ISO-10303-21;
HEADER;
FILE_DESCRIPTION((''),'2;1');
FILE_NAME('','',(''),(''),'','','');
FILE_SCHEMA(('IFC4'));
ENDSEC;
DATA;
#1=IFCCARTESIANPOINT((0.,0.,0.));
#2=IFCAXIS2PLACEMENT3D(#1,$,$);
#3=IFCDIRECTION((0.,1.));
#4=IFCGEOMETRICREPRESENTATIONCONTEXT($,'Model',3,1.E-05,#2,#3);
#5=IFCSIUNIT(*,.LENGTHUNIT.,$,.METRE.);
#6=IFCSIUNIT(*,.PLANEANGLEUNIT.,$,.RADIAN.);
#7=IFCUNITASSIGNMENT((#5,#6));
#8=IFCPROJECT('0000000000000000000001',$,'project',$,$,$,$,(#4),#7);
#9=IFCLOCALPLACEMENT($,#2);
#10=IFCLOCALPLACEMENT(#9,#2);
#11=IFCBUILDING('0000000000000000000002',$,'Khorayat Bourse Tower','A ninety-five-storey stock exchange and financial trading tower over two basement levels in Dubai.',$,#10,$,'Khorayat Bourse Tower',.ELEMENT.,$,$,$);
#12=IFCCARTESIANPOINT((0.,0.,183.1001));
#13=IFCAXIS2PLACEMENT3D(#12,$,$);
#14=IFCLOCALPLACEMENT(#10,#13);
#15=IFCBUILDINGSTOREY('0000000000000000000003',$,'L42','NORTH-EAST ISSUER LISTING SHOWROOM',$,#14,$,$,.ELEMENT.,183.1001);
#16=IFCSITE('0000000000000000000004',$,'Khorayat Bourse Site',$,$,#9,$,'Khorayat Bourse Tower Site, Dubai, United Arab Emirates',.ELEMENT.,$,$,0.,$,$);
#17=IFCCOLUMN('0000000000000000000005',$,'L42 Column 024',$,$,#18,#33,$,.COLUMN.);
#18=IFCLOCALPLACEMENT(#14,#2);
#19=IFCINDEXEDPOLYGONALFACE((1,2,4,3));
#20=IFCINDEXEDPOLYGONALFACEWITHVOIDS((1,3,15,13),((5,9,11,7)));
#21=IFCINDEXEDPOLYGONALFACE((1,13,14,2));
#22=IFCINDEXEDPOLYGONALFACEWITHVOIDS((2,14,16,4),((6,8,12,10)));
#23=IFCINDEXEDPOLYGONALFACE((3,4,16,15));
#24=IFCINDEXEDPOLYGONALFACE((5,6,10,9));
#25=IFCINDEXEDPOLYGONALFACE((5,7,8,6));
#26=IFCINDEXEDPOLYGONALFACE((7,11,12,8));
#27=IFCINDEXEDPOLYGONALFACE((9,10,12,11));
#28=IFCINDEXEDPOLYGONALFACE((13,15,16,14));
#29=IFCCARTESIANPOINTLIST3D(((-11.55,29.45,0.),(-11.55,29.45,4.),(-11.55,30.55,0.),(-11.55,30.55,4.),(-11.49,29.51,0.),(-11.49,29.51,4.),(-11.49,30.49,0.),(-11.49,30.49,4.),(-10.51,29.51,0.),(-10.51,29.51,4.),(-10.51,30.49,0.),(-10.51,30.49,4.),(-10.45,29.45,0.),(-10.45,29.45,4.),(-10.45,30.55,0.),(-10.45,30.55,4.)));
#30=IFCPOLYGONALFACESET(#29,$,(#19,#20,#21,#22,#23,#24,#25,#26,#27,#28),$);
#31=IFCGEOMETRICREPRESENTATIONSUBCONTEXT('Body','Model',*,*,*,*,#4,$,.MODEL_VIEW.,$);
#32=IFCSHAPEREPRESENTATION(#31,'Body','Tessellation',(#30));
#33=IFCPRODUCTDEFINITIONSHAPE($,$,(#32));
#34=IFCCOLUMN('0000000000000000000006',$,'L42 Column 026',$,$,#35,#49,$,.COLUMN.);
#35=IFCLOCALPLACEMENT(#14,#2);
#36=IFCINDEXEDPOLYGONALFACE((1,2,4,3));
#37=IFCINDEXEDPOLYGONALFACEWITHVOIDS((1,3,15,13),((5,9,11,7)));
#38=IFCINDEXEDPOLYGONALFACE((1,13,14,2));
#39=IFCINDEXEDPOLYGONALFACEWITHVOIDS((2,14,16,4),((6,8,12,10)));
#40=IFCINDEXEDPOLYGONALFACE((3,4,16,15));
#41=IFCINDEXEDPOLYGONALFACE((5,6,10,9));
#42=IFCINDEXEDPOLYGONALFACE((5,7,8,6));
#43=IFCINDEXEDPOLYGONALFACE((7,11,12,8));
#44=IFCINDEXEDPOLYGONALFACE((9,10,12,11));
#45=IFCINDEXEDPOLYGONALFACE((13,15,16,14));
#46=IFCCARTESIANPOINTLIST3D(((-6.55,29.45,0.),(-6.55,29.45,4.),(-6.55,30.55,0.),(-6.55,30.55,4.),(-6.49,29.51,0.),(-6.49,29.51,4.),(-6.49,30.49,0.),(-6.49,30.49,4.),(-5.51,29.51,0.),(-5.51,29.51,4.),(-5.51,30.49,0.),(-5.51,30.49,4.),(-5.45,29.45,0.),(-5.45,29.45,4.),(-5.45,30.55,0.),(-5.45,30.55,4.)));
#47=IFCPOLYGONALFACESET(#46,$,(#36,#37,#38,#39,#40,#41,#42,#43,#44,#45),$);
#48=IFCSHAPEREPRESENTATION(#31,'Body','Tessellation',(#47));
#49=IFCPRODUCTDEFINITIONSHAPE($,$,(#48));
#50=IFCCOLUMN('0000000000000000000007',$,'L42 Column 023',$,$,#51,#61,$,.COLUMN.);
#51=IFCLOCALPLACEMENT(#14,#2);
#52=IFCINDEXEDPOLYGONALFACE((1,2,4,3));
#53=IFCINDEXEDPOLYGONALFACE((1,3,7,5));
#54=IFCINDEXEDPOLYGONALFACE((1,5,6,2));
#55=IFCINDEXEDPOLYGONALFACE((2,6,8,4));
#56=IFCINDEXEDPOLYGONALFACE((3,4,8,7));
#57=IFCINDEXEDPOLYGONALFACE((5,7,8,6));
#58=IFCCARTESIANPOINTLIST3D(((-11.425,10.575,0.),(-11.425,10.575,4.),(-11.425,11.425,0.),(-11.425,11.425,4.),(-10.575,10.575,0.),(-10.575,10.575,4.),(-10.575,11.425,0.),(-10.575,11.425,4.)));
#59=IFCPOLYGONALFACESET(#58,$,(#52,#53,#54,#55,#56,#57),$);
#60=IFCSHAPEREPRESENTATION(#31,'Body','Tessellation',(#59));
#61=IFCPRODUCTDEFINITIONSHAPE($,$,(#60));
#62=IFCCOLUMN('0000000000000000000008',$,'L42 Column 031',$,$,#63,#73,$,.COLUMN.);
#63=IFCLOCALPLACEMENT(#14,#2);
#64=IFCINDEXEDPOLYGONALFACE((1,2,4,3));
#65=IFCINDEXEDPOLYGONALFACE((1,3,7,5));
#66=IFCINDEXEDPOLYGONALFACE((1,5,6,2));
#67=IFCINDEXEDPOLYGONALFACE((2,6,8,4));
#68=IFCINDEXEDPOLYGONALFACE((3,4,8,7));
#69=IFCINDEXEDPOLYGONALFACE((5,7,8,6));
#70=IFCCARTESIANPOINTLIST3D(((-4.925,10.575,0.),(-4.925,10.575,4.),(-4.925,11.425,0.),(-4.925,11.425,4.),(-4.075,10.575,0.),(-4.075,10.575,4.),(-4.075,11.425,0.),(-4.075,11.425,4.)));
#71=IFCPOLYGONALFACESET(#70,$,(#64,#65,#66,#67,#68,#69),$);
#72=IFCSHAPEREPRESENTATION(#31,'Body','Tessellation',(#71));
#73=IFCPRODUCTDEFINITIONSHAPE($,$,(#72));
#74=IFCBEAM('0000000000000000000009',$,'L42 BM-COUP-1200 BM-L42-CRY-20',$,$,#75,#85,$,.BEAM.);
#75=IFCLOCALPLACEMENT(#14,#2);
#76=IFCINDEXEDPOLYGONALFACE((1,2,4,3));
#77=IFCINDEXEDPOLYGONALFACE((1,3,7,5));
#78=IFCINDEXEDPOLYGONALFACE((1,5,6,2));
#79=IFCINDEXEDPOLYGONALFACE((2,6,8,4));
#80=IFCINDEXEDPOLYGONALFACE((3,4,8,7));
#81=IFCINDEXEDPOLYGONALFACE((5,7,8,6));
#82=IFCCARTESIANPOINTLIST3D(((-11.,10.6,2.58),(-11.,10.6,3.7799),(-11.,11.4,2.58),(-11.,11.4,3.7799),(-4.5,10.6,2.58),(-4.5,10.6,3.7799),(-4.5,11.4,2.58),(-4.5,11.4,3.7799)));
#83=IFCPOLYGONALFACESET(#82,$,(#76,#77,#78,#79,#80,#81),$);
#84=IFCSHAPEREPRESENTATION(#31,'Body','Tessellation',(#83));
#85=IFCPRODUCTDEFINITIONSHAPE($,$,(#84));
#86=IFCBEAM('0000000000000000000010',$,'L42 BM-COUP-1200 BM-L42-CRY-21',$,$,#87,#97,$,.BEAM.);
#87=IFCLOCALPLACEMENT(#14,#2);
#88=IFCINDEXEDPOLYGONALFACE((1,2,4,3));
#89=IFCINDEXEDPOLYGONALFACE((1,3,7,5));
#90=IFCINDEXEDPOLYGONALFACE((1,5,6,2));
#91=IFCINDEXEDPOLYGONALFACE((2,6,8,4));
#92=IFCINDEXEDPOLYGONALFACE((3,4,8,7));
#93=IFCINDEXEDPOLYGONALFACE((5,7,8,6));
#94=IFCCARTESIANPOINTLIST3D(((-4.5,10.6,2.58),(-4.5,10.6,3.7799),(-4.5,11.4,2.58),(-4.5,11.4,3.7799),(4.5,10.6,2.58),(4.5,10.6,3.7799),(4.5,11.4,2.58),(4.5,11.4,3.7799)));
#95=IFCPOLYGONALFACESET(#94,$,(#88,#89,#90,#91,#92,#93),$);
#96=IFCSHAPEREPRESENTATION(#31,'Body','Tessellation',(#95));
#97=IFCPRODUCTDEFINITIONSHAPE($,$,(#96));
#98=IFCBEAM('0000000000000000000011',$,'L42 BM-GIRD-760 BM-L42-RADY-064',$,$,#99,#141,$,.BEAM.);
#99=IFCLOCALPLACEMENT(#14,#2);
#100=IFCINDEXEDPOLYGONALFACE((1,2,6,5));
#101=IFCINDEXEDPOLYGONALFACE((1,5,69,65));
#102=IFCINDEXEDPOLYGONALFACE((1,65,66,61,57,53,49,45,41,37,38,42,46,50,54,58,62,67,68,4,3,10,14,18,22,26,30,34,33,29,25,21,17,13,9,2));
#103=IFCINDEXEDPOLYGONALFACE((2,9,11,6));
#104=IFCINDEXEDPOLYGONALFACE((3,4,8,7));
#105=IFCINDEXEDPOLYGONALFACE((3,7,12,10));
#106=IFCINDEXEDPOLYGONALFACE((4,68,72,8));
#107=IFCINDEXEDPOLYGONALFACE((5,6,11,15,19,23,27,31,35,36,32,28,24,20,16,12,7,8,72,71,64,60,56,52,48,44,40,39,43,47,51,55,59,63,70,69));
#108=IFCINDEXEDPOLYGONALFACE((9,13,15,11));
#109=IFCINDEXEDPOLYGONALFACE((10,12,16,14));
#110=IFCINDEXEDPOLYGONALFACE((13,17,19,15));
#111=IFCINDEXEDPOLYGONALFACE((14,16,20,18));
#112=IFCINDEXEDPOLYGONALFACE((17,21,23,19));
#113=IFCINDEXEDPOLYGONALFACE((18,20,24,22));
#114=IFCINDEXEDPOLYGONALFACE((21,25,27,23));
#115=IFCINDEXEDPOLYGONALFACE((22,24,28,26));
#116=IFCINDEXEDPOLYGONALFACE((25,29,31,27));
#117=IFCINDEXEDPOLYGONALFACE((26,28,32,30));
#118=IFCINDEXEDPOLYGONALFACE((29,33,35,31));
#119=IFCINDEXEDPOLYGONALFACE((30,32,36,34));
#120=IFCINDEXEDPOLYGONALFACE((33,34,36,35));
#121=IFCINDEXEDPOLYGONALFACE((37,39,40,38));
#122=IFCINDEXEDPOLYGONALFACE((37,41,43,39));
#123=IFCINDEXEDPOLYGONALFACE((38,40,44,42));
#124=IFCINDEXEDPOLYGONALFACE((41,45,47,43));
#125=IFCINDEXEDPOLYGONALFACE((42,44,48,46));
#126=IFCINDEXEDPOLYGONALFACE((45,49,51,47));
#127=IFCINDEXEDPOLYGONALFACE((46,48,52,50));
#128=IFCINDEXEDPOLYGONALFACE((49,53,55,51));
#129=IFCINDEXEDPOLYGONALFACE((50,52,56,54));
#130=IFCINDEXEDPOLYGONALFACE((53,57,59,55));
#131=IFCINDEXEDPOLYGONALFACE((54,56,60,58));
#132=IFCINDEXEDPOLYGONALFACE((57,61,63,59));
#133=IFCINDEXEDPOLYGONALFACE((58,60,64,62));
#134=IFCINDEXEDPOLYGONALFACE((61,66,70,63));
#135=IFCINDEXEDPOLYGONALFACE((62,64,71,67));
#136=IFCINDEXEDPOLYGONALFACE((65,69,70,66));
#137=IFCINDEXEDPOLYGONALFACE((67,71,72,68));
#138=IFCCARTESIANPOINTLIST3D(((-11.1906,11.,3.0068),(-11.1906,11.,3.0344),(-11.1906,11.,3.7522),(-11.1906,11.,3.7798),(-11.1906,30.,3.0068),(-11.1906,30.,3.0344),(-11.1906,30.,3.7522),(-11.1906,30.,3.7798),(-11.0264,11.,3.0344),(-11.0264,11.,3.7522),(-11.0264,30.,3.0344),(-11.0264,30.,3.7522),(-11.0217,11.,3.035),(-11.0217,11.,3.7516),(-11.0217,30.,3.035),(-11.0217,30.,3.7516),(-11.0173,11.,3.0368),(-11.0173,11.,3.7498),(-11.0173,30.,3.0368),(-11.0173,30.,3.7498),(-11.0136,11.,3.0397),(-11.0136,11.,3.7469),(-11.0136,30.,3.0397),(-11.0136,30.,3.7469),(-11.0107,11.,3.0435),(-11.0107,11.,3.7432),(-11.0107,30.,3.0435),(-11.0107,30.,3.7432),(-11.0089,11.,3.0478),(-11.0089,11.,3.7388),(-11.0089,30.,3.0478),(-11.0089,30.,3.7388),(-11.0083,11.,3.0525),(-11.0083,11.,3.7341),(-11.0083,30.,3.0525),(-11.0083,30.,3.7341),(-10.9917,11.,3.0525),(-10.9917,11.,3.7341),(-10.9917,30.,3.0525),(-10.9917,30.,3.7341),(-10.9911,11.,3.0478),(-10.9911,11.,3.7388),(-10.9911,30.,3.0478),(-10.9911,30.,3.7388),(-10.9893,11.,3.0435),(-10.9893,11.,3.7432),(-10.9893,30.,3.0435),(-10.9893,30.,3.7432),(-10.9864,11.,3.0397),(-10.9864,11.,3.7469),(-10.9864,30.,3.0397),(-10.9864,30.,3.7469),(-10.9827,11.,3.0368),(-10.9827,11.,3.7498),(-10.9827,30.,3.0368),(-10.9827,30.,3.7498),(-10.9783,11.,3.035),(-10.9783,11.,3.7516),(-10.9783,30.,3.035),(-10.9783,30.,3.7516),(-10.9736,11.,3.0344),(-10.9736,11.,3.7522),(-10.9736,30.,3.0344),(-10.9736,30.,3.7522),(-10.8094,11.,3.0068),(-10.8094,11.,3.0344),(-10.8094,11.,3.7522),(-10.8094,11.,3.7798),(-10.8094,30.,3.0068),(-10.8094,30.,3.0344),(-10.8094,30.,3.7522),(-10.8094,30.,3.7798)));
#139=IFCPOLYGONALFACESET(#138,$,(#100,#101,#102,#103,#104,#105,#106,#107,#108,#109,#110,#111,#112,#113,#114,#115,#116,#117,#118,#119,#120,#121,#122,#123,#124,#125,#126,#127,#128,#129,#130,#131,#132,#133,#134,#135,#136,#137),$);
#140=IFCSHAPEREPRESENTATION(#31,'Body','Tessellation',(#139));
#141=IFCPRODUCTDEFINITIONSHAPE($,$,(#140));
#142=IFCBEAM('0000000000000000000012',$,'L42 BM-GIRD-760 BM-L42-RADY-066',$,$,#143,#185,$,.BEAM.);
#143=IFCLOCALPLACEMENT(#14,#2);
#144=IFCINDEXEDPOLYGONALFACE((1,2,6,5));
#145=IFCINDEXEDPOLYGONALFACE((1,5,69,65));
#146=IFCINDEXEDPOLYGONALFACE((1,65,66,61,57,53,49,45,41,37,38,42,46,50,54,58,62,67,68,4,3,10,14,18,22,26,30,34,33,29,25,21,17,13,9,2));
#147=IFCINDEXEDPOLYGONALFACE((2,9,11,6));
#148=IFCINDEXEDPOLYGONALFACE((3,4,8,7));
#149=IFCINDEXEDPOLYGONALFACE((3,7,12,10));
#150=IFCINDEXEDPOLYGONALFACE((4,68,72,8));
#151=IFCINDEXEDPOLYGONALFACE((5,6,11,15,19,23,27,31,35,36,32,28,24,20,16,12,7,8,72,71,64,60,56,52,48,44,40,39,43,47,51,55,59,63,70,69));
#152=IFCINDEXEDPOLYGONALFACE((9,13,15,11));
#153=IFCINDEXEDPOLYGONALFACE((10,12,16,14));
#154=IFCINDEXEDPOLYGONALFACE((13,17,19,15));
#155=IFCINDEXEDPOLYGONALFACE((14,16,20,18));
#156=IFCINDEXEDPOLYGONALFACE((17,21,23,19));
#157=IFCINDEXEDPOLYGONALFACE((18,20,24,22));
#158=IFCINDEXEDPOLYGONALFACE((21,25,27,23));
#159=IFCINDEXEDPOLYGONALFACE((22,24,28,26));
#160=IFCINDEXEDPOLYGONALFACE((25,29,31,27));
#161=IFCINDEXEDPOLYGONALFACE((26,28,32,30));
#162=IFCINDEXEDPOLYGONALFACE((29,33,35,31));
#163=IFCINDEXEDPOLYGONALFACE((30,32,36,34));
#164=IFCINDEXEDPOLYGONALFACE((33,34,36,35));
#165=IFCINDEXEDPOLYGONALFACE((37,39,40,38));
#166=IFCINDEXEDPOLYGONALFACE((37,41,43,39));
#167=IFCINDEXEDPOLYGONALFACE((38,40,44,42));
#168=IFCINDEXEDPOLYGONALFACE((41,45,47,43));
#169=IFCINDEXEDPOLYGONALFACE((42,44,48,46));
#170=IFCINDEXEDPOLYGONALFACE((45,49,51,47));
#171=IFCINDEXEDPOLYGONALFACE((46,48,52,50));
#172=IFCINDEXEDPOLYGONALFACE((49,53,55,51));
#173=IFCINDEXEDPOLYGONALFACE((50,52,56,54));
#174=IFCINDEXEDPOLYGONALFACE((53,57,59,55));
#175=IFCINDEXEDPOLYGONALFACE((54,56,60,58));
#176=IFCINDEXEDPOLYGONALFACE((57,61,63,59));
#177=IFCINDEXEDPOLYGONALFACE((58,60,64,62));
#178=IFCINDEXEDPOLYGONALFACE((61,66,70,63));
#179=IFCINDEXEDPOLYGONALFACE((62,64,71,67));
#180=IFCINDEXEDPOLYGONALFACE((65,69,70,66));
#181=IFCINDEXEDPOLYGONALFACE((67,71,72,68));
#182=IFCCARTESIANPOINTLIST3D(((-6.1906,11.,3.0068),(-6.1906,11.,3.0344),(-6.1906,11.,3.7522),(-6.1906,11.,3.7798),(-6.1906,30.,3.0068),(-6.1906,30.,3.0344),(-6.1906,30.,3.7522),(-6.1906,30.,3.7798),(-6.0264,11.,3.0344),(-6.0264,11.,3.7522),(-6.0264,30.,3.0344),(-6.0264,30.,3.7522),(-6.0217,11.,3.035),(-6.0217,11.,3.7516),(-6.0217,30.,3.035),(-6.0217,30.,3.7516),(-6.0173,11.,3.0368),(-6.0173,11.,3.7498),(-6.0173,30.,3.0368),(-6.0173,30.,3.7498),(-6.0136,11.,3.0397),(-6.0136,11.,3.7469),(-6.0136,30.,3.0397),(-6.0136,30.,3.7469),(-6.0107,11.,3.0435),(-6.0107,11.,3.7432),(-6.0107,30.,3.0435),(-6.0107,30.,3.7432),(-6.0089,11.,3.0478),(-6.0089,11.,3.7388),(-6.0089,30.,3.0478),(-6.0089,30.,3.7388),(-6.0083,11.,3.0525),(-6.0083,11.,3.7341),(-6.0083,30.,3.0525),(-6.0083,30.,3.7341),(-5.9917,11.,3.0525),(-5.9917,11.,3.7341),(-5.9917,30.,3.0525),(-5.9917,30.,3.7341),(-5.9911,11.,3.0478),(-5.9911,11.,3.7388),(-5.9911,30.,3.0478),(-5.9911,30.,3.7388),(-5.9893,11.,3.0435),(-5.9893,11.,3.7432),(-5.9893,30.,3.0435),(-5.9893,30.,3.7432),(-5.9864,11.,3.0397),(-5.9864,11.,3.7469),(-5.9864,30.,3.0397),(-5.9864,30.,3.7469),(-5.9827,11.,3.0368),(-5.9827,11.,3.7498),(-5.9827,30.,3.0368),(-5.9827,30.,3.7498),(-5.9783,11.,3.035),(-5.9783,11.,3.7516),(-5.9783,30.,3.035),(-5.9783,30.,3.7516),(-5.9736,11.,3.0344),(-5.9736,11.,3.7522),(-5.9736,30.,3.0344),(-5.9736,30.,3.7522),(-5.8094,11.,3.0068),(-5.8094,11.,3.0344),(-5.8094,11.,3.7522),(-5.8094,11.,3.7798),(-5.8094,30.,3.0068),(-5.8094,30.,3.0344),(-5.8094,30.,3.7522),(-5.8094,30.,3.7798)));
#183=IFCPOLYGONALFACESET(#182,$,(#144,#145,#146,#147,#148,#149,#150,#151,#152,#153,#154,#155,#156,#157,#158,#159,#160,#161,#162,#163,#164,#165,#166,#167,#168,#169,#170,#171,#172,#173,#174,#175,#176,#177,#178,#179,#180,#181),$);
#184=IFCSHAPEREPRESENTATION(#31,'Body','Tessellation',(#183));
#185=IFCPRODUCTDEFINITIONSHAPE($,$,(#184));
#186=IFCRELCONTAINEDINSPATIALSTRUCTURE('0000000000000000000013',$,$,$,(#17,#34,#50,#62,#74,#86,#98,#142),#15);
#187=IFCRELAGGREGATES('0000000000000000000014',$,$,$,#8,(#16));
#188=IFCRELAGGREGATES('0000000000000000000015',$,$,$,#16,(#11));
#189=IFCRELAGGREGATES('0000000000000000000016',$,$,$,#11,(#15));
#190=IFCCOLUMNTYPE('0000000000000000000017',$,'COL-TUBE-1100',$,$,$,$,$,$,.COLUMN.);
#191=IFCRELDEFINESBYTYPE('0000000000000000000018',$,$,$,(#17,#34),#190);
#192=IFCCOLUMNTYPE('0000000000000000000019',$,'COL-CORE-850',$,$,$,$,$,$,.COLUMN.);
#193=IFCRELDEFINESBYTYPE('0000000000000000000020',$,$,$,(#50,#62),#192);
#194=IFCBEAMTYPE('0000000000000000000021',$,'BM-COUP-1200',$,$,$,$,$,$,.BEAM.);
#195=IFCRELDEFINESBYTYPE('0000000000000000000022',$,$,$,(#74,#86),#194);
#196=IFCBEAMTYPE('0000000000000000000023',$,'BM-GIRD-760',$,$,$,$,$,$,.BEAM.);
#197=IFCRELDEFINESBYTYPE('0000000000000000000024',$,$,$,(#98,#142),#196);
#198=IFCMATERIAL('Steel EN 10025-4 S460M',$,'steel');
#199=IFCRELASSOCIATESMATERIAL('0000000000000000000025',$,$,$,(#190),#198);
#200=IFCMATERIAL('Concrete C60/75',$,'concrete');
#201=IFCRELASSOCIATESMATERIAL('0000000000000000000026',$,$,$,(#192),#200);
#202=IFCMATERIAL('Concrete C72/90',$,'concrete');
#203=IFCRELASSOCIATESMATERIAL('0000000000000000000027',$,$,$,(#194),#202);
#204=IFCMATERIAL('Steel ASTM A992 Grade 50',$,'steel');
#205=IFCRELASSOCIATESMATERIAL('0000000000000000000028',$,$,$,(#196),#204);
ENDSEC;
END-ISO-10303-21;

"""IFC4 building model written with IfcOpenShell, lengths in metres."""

from ifc_helpers import new_model, si_unit, direction, frame, origin, origin_2d, place, context, subcontext, project, spatial, rectangle, hollow_rectangle, i_section, extrude, source, transform, mapped, material, material_profile, profile_set, type_object, element, save


model = new_model("IFC4")

# Units and contexts
model_context = context("Model", 3, precision=1e-05, world=origin(), true_north=direction((0.0, 1.0)))
body_context = subcontext(model_context, "Body", "Model", "MODEL_VIEW")
ifc_project = project(units=[si_unit("LENGTHUNIT", "METRE"), si_unit("PLANEANGLEUNIT", "RADIAN")], contexts=[model_context])

# Site, building, storey
site_placement = place(None, origin())
site = spatial("IfcSite", under=ifc_project, at=site_placement, Name="Khorayat Bourse Site", LongName="Khorayat Bourse Tower Site, Dubai, United Arab Emirates", CompositionType="ELEMENT", RefElevation=0.0)
building_placement = place(site_placement, origin())
building = spatial("IfcBuilding", under=site, at=building_placement, Name="Khorayat Bourse Tower", Description="A ninety-five-storey stock exchange and financial trading tower over two basement levels in Dubai.", LongName="Khorayat Bourse Tower", CompositionType="ELEMENT")
storey_placement = place(building_placement, frame((0.0, 0.0, 183.1001)))
storey = spatial("IfcBuildingStorey", under=building, at=storey_placement, Name="L42", Description="NORTH-EAST ISSUER LISTING SHOWROOM", CompositionType="ELEMENT", Elevation=183.1001)

# Columns
ifc_material_1 = material(Name="Steel EN 10025-4 S460M", Category="steel")
ifc_material_profile_1 = material_profile(ifc_material_1, hollow_rectangle(XDim=1.1001, YDim=1.1001, WallThickness=0.0601, at=origin_2d()), Name="BOX 1100x1100x60")
ifc_profile_set_1 = profile_set([ifc_material_profile_1], Name="Steel EN 10025-4 S460M")
column_type_1 = type_object("IfcColumnType", Name="COL-TUBE-1100", PredefinedType="COLUMN", material=ifc_profile_set_1)
shared_shape_1 = source(origin(), body_context, "Body", "SweptSolid", [
    extrude(hollow_rectangle(XDim=1.1001, YDim=1.1001, WallThickness=0.0601, at=origin_2d()), origin(), (0.0, 0.0, 1.0), 4.0),
])
for number, where, z_axis, x_axis, name in (
    (1, (-11.0, 30.0, 0.0), (0.0, 0.0, 1.0), (1.0, 0.0, 0.0), "L42 Column 024"),
    (2, (-6.0, 30.0, 0.0), (0.0, 0.0, 1.0), (1.0, 0.0, 0.0), "L42 Column 026"),
):
    element("IfcColumn", number, at=place(storey_placement, frame(where, z_axis=z_axis, x_axis=x_axis)), inside=storey, type_object=column_type_1, Name=name, PredefinedType="COLUMN", context=body_context, shape_type="MappedRepresentation", body=[
        mapped(shared_shape_1, transform((0.0, 0.0, 0.0), scale=1.0)),
    ])
ifc_material_2 = material(Name="Concrete C60/75", Category="concrete")
ifc_material_profile_2 = material_profile(ifc_material_2, rectangle(XDim=0.8501, YDim=0.8501, at=origin_2d()), Name="RC 850x850")
ifc_profile_set_2 = profile_set([ifc_material_profile_2], Name="Concrete C60/75")
column_type_2 = type_object("IfcColumnType", Name="COL-CORE-850", PredefinedType="COLUMN", material=ifc_profile_set_2)
shared_shape_2 = source(origin(), body_context, "Body", "SweptSolid", [
    extrude(rectangle(XDim=0.8501, YDim=0.8501, at=origin_2d()), origin(), (0.0, 0.0, 1.0), 4.0),
])
for number, where, z_axis, x_axis, name in (
    (3, (-11.0, 11.0, 0.0), (0.0, 0.0, 1.0), (1.0, 0.0, 0.0), "L42 Column 023"),
    (4, (-4.5, 11.0, 0.0), (0.0, 0.0, 1.0), (1.0, 0.0, 0.0), "L42 Column 031"),
):
    element("IfcColumn", number, at=place(storey_placement, frame(where, z_axis=z_axis, x_axis=x_axis)), inside=storey, type_object=column_type_2, Name=name, PredefinedType="COLUMN", context=body_context, shape_type="MappedRepresentation", body=[
        mapped(shared_shape_2, transform((0.0, 0.0, 0.0), scale=1.0)),
    ])

# Beams
ifc_material_3 = material(Name="Concrete C72/90", Category="concrete")
ifc_material_profile_3 = material_profile(ifc_material_3, rectangle(XDim=0.8, YDim=1.2, at=origin_2d()), Name="RC 800x1200")
ifc_profile_set_3 = profile_set([ifc_material_profile_3], Name="Concrete C72/90")
beam_type_1 = type_object("IfcBeamType", Name="BM-COUP-1200", PredefinedType="BEAM", material=ifc_profile_set_3)
shared_shape_3 = source(origin(), body_context, "Body", "SweptSolid", [
    extrude(rectangle(XDim=0.8, YDim=1.2, at=origin_2d()), origin(), (0.0, 0.0, 1.0), 6.5),
])
beam_1_placement = place(storey_placement, frame((-11.0, 11.0, 3.1799), z_axis=(1.0, 0.0, 0.0), x_axis=(0.0, 1.0, 0.0)))
element("IfcBeam", 5, at=beam_1_placement, inside=storey, type_object=beam_type_1, Name="L42 BM-COUP-1200 BM-L42-CRY-20", PredefinedType="BEAM", context=body_context, shape_type="MappedRepresentation", body=[
    mapped(shared_shape_3, transform((0.0, 0.0, 0.0), scale=1.0)),
])
shared_shape_4 = source(origin(), body_context, "Body", "SweptSolid", [
    extrude(rectangle(XDim=0.8, YDim=1.2, at=origin_2d()), origin(), (0.0, 0.0, 1.0), 9.0),
])
beam_2_placement = place(storey_placement, frame((-4.5, 11.0, 3.1799), z_axis=(1.0, 0.0, 0.0), x_axis=(0.0, 1.0, 0.0)))
element("IfcBeam", 6, at=beam_2_placement, inside=storey, type_object=beam_type_1, Name="L42 BM-COUP-1200 BM-L42-CRY-21", PredefinedType="BEAM", context=body_context, shape_type="MappedRepresentation", body=[
    mapped(shared_shape_4, transform((0.0, 0.0, 0.0), scale=1.0)),
])
ifc_material_4 = material(Name="Steel ASTM A992 Grade 50", Category="steel")
ifc_material_profile_4 = material_profile(ifc_material_4, i_section(OverallWidth=0.3811, OverallDepth=0.7729, WebThickness=0.0166, FlangeThickness=0.0276, FilletRadius=0.0181, at=origin_2d()), Name="W760X257")
ifc_profile_set_4 = profile_set([ifc_material_profile_4], Name="Steel ASTM A992 Grade 50")
beam_type_2 = type_object("IfcBeamType", Name="BM-GIRD-760", PredefinedType="BEAM", material=ifc_profile_set_4)
shared_shape_5 = source(origin(), body_context, "Body", "SweptSolid", [
    extrude(i_section(OverallWidth=0.3811, OverallDepth=0.7729, WebThickness=0.0166, FlangeThickness=0.0276, FilletRadius=0.0181, at=origin_2d()), origin(), (0.0, 0.0, 1.0), 19.0),
])
for number, where, z_axis, x_axis, name in (
    (7, (-11.0, 11.0, 3.3933), (0.0, 1.0, 0.0), (-1.0, 0.0, 0.0), "L42 BM-GIRD-760 BM-L42-RADY-064"),
    (8, (-6.0, 11.0, 3.3933), (0.0, 1.0, 0.0), (-1.0, 0.0, 0.0), "L42 BM-GIRD-760 BM-L42-RADY-066"),
):
    element("IfcBeam", number, at=place(storey_placement, frame(where, z_axis=z_axis, x_axis=x_axis)), inside=storey, type_object=beam_type_2, Name=name, PredefinedType="BEAM", context=body_context, shape_type="MappedRepresentation", body=[
        mapped(shared_shape_5, transform((0.0, 0.0, 0.0), scale=1.0)),
    ])

save(model, "model.ifc")
